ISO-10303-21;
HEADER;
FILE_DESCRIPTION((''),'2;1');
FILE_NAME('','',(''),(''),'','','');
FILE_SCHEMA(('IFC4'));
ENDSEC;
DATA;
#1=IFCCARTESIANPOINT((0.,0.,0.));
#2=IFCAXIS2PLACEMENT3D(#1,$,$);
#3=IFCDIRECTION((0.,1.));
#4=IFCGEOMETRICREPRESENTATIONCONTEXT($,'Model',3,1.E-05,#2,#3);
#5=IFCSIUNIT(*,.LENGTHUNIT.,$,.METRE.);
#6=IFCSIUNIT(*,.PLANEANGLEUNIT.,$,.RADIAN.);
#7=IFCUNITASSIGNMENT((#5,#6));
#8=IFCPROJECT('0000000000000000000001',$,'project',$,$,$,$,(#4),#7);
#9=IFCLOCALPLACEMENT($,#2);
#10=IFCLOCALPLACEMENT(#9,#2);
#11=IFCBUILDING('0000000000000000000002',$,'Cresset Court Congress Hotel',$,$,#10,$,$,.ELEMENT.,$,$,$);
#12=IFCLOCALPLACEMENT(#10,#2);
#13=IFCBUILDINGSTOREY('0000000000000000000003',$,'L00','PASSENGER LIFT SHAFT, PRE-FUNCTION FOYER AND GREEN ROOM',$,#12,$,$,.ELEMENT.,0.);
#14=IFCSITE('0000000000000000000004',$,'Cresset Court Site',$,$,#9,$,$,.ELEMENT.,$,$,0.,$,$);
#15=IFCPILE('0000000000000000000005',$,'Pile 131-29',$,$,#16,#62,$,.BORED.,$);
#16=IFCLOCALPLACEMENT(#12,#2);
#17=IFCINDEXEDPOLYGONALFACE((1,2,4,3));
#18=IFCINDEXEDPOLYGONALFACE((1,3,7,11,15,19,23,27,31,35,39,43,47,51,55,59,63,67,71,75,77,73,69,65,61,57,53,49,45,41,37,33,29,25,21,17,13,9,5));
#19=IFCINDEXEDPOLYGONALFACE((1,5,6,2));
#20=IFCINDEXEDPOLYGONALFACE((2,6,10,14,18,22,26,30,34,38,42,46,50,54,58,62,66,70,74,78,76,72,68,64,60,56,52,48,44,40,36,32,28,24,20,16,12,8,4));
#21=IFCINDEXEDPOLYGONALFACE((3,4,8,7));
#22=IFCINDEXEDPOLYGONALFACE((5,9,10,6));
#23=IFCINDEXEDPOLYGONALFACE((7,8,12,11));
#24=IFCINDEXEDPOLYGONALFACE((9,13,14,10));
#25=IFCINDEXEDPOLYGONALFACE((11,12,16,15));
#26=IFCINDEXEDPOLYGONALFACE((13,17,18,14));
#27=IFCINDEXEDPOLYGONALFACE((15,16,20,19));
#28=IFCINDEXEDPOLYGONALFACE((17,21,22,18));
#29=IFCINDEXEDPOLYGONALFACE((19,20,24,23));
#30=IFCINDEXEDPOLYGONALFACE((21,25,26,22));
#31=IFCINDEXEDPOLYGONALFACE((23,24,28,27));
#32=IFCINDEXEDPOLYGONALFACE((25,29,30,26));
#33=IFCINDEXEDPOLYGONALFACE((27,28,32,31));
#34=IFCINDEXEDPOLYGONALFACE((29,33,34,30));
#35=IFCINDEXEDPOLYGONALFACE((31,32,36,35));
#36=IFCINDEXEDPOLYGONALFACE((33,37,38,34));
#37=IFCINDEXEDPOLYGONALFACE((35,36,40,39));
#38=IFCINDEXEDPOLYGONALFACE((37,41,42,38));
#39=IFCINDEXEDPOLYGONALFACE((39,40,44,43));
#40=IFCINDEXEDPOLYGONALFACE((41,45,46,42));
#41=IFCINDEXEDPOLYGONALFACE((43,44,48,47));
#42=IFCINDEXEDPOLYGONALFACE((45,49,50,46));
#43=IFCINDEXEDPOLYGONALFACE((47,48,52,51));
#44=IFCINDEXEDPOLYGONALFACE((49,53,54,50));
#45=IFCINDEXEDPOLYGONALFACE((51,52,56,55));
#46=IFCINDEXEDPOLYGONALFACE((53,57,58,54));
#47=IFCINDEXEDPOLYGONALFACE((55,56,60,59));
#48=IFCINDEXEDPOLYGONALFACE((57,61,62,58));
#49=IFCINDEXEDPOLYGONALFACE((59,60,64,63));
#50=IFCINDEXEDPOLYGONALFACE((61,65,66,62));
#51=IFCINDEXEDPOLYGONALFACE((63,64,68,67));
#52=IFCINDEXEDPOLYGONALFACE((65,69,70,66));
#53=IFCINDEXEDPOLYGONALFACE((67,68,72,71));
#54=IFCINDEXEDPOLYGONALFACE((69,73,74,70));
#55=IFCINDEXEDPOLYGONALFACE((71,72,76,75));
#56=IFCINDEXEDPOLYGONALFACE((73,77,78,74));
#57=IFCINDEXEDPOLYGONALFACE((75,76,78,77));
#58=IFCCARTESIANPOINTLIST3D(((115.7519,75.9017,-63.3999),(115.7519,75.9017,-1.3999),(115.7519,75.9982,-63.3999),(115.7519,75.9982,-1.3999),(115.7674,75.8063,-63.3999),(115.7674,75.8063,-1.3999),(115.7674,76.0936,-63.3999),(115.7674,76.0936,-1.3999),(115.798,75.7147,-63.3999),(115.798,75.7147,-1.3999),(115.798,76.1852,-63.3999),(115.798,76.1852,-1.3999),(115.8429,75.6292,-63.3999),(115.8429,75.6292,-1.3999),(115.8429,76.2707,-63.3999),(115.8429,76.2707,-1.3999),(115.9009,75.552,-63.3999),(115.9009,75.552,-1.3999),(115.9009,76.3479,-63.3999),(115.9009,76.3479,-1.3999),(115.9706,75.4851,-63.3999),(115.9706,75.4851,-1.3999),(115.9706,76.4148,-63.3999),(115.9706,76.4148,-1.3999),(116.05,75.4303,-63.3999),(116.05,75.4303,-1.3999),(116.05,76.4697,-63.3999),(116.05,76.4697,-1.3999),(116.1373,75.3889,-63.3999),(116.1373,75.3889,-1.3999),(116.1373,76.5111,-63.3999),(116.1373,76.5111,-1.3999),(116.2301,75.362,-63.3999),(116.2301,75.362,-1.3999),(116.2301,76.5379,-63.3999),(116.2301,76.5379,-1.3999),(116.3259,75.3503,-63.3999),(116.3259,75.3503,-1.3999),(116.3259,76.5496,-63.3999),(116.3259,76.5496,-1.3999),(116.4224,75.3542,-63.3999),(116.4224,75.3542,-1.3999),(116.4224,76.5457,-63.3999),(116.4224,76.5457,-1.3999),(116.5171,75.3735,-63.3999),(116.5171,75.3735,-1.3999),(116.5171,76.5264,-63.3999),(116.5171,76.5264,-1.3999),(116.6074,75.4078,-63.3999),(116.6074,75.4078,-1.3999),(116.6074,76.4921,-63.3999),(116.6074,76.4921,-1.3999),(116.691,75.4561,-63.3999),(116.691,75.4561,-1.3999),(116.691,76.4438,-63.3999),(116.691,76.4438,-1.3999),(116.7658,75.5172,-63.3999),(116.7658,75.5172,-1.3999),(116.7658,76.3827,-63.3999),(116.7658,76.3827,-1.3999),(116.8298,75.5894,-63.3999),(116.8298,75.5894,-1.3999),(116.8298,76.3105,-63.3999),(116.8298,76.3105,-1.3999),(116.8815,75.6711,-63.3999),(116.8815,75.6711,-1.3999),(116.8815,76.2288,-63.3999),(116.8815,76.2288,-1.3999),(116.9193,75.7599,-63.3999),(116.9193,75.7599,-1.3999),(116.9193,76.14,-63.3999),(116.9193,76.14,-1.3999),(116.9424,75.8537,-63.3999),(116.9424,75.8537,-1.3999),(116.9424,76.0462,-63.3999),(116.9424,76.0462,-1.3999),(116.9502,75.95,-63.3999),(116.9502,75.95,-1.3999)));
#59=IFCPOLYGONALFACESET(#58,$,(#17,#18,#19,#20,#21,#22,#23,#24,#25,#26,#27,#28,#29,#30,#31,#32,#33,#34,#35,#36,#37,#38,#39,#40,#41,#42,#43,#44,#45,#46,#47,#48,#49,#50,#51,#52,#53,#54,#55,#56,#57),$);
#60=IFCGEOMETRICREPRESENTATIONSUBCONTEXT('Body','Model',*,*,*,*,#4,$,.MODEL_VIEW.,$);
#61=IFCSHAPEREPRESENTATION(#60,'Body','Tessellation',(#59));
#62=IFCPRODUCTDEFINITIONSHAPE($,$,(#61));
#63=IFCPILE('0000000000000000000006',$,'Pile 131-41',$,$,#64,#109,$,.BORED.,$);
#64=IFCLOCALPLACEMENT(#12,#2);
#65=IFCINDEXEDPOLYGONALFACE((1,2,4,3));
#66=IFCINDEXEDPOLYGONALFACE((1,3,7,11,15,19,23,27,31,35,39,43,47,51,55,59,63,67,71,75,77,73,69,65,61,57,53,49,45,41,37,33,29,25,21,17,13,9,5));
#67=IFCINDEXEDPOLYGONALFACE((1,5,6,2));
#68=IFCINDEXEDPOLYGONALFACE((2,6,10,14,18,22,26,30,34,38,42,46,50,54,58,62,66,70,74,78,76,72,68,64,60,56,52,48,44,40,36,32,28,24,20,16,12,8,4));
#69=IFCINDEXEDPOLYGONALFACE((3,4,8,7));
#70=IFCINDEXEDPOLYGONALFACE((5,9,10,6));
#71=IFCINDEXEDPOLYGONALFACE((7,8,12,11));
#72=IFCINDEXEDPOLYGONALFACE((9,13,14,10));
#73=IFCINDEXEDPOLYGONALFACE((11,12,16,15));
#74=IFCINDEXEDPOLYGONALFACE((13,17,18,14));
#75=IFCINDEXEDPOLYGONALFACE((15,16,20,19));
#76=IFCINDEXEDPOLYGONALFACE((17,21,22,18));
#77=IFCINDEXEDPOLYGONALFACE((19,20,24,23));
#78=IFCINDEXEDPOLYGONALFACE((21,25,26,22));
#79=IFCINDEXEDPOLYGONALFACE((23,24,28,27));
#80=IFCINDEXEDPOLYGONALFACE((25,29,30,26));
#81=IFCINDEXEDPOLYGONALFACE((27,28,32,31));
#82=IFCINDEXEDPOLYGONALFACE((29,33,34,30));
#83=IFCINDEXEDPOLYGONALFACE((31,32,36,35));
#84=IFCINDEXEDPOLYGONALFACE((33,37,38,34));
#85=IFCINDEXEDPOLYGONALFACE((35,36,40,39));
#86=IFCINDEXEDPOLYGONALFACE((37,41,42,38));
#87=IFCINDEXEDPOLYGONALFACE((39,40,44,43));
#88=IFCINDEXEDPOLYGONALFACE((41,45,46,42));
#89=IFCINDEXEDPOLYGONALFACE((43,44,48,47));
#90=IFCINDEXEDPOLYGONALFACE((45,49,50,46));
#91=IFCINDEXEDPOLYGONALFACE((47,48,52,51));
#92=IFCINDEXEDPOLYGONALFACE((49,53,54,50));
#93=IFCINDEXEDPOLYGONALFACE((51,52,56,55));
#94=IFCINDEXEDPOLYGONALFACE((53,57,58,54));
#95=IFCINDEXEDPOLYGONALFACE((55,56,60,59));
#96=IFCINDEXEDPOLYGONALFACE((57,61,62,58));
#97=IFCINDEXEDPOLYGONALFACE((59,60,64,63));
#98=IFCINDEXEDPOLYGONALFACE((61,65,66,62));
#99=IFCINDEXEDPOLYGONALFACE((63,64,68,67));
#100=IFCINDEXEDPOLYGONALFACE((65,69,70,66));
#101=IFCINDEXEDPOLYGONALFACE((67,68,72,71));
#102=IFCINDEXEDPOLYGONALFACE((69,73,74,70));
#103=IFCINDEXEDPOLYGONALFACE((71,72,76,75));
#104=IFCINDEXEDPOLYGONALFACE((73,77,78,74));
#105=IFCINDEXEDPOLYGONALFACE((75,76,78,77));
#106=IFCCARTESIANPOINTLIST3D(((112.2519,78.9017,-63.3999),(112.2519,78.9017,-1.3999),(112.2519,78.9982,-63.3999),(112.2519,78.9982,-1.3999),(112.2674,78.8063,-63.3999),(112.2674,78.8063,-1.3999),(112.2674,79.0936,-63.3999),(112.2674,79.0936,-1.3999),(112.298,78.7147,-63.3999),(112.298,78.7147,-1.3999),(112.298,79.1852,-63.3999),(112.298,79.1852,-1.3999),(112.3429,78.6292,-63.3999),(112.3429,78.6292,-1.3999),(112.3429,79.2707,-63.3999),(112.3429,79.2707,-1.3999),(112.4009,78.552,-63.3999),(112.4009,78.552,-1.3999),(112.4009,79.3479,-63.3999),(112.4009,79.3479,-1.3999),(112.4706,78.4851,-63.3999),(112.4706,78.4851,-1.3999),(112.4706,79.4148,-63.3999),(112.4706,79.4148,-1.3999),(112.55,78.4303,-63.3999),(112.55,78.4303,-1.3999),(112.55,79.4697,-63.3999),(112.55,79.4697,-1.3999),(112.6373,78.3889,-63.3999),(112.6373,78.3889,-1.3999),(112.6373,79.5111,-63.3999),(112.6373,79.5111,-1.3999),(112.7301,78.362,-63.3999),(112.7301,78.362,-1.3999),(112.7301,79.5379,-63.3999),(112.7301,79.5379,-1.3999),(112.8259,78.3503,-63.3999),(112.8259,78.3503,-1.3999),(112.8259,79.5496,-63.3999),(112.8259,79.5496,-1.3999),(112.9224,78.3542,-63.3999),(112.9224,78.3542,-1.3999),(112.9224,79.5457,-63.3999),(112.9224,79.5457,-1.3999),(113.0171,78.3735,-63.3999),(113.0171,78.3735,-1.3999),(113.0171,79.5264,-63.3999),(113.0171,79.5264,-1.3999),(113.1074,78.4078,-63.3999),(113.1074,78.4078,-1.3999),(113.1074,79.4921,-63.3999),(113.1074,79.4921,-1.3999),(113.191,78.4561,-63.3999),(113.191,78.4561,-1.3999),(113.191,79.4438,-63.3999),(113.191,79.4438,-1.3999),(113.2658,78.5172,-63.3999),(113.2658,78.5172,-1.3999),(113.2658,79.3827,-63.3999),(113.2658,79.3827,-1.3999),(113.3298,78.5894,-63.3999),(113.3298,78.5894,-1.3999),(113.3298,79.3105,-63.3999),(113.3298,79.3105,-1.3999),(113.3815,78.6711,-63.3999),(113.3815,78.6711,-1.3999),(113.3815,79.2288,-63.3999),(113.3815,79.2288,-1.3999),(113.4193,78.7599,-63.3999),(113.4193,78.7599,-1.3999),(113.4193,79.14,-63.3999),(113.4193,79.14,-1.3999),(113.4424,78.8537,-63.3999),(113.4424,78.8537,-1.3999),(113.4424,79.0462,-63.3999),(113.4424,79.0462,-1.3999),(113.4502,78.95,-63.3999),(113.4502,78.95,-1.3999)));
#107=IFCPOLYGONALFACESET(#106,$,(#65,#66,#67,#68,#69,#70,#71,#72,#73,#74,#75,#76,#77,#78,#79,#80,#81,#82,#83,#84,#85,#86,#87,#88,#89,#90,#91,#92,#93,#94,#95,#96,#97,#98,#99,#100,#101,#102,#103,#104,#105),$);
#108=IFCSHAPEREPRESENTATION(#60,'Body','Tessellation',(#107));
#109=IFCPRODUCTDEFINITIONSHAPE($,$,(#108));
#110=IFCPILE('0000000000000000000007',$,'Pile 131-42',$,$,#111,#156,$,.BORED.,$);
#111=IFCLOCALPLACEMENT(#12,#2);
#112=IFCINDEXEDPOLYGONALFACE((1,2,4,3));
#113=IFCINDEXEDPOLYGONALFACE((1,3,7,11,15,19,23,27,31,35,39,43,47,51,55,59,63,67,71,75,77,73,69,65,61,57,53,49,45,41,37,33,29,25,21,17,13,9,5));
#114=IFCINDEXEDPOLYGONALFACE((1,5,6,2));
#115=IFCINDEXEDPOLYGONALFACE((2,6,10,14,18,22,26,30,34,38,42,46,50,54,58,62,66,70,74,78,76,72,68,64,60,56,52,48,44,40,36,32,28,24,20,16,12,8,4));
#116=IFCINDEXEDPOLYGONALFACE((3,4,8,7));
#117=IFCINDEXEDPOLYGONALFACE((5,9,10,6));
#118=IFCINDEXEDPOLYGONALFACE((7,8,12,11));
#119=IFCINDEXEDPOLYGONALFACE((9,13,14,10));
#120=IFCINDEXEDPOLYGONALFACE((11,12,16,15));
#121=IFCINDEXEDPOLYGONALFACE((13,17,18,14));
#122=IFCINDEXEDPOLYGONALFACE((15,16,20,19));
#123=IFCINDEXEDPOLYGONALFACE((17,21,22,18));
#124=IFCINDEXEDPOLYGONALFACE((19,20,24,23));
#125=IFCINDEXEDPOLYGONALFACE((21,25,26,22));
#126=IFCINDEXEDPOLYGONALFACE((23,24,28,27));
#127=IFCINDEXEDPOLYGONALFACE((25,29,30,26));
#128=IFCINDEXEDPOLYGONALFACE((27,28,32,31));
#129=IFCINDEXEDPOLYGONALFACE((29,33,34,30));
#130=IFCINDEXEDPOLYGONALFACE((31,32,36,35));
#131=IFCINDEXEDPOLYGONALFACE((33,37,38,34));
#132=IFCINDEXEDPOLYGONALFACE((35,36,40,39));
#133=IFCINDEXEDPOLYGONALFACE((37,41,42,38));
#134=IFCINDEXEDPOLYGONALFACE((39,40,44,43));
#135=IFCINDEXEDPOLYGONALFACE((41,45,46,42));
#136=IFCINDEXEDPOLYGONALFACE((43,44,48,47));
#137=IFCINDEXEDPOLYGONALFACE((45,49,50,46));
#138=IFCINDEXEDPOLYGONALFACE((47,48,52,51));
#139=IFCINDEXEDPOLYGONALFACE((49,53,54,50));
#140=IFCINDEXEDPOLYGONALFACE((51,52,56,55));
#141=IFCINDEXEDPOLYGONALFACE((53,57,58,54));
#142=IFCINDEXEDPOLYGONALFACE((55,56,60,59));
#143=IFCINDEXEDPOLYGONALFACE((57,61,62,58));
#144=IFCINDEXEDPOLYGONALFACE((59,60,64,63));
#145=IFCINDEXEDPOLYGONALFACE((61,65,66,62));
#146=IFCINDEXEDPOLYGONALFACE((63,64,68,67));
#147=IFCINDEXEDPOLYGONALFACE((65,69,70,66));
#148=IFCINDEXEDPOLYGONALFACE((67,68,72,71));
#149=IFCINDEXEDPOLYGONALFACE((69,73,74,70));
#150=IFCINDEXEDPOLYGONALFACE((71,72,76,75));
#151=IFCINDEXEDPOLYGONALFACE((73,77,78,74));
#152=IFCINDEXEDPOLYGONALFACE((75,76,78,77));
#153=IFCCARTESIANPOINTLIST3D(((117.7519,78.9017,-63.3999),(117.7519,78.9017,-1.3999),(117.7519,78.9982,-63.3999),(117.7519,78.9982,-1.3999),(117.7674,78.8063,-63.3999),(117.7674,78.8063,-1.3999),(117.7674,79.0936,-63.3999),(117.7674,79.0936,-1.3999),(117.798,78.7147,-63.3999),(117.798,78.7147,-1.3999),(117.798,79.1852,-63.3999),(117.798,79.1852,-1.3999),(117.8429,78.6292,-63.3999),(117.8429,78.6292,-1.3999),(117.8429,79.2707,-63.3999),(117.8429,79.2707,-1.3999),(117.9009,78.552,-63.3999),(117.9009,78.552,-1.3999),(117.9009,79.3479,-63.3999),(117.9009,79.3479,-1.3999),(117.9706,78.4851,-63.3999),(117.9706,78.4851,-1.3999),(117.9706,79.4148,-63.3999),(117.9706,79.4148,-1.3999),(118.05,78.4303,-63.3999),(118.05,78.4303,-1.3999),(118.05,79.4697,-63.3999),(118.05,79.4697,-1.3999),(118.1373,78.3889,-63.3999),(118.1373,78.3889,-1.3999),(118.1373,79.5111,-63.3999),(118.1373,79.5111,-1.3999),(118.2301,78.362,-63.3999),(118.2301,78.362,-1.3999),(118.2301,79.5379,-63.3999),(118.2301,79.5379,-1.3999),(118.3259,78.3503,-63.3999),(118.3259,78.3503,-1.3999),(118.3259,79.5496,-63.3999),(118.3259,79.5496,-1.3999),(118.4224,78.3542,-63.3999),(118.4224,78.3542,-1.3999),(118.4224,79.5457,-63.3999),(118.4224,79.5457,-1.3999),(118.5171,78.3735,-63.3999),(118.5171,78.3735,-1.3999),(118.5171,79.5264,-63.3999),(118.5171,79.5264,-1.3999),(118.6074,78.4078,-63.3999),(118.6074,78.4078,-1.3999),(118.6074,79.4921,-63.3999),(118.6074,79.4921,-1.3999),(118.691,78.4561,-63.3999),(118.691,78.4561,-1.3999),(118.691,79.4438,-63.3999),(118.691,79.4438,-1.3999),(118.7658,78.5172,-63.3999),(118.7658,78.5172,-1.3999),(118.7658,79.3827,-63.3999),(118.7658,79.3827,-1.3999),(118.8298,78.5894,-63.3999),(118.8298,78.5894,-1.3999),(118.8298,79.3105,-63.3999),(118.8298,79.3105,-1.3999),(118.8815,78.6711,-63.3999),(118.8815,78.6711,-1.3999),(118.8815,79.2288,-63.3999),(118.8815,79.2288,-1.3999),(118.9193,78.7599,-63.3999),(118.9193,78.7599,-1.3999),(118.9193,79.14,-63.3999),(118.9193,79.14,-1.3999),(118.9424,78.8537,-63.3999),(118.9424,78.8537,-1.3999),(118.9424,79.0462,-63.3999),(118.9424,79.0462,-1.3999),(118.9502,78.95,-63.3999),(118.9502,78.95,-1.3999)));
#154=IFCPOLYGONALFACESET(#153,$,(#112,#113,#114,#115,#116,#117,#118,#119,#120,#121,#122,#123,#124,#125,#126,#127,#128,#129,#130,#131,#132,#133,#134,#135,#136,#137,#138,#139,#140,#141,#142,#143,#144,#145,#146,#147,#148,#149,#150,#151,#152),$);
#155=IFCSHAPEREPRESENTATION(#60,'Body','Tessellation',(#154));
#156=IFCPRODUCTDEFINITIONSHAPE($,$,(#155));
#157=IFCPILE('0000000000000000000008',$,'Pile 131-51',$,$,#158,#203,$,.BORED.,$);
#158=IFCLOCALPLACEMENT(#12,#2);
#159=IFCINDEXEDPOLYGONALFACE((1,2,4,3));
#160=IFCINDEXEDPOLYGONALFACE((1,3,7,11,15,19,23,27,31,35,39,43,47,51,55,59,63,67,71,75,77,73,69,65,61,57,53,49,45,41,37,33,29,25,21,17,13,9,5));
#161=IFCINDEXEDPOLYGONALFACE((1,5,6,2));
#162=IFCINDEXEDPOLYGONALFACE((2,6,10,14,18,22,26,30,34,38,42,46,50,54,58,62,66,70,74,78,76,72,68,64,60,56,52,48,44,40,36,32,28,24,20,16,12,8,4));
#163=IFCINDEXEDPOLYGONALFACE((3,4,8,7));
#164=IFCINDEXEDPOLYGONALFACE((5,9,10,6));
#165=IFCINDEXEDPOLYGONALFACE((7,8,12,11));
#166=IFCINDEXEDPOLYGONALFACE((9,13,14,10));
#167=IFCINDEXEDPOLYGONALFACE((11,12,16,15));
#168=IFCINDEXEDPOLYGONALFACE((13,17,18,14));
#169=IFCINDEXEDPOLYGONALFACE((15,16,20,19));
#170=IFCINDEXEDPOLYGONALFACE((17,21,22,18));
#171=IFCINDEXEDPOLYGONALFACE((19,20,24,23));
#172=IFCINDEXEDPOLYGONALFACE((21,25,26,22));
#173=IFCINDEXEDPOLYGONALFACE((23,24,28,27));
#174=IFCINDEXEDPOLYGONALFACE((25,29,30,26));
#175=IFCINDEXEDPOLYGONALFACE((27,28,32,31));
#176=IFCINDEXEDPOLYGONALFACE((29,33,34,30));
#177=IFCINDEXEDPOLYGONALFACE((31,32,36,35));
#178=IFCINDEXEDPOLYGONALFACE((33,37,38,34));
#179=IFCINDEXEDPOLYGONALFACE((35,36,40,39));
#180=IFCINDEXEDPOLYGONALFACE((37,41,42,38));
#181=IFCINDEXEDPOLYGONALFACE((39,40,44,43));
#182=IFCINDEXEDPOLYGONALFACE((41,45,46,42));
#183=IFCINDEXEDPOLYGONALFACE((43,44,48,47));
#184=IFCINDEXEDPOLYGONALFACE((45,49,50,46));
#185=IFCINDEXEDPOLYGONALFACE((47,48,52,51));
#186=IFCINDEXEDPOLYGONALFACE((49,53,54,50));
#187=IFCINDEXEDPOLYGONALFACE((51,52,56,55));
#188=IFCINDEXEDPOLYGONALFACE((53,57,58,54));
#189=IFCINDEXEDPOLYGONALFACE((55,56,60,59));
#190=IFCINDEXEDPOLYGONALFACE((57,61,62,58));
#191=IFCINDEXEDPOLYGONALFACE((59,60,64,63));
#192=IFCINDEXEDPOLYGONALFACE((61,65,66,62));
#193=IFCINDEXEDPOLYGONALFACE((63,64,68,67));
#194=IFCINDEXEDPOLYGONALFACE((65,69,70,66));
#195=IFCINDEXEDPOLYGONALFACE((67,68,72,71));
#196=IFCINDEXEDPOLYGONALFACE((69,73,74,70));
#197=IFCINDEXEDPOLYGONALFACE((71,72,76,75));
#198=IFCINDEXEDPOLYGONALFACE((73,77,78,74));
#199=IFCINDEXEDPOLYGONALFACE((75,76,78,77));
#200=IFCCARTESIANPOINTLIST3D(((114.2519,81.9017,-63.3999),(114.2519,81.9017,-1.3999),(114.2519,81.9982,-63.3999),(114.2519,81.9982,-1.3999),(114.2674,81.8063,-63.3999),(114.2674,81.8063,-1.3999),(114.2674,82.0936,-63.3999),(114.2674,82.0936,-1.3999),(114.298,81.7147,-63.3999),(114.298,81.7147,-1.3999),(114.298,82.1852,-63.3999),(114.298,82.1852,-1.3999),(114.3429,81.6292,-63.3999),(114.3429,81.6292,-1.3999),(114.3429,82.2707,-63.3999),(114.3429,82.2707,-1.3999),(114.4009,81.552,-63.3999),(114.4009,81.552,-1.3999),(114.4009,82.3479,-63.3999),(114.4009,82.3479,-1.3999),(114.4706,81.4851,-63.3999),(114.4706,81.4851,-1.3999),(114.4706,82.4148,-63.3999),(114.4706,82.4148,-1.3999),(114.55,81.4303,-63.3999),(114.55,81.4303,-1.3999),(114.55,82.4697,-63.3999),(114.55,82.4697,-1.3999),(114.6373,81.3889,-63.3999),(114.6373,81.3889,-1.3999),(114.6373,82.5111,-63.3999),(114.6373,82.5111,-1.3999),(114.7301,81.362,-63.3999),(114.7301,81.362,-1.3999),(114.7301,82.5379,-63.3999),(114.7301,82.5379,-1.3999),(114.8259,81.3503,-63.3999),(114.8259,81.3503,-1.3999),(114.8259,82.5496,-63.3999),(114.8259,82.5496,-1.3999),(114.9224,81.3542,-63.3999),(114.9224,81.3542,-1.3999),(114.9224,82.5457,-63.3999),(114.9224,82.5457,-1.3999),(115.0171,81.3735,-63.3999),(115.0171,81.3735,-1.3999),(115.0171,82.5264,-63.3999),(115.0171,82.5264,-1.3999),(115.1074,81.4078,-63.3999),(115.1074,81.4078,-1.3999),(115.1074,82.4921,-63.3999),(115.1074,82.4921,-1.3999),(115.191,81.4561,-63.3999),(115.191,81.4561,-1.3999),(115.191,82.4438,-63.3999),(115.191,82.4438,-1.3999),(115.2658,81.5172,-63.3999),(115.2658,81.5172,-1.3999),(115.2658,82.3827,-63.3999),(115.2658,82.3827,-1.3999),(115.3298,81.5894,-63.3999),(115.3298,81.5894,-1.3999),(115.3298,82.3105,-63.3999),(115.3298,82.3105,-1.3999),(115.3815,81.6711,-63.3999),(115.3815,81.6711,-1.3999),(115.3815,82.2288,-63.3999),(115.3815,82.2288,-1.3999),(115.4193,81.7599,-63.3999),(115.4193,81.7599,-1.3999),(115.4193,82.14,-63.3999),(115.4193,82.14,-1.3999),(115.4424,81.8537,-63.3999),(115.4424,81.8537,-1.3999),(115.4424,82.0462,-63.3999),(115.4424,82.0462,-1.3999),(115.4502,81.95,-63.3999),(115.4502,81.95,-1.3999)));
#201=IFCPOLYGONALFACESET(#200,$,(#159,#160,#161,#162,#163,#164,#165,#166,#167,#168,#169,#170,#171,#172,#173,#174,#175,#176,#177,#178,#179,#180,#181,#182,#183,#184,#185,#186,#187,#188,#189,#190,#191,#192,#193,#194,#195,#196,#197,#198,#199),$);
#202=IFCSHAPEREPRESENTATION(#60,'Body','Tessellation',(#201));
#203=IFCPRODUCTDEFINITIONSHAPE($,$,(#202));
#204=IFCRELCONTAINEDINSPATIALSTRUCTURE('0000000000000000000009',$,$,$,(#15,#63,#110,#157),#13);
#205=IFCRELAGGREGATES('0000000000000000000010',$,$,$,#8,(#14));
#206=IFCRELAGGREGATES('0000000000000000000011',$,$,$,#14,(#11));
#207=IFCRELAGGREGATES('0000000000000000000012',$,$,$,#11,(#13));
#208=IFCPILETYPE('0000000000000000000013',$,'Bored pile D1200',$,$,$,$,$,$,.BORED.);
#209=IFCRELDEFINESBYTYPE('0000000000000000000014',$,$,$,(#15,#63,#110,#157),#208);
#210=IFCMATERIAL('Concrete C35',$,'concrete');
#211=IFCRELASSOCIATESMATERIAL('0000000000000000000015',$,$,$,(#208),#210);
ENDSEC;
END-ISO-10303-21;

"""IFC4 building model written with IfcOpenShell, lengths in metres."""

from ifc_helpers import new_model, si_unit, direction, frame, origin, origin_2d, place, context, subcontext, project, spatial, circle, extrude, material, type_object, element, save


model = new_model("IFC4")

# Units and contexts
model_context = context("Model", 3, precision=1e-05, world=origin(), true_north=direction((0.0, 1.0)))
body_context = subcontext(model_context, "Body", "Model", "MODEL_VIEW")
ifc_project = project(units=[si_unit("LENGTHUNIT", "METRE"), si_unit("PLANEANGLEUNIT", "RADIAN")], contexts=[model_context])

# Site, building, storey
site_placement = place(None, origin())
site = spatial("IfcSite", under=ifc_project, at=site_placement, Name="Cresset Court Site", CompositionType="ELEMENT", RefElevation=0.0)
building_placement = place(site_placement, origin())
building = spatial("IfcBuilding", under=site, at=building_placement, Name="Cresset Court Congress Hotel", CompositionType="ELEMENT")
storey_placement = place(building_placement, origin())
storey = spatial("IfcBuildingStorey", under=building, at=storey_placement, Name="L00", Description="PASSENGER LIFT SHAFT, PRE-FUNCTION FOYER AND GREEN ROOM", CompositionType="ELEMENT", Elevation=0.0)

# Piles
ifc_material_1 = material(Name="Concrete C35", Category="concrete")
pile_type = type_object("IfcPileType", Name="Bored pile D1200", PredefinedType="BORED", material=ifc_material_1)
for number, where, z_axis, x_axis, name in (
    (1, (116.3501, 75.95, -1.3999), (0.0, 0.0, -1.0), (1.0, 0.0, 0.0), "Pile 131-29"),
    (2, (112.8501, 78.95, -1.3999), (0.0, 0.0, -1.0), (1.0, 0.0, 0.0), "Pile 131-41"),
    (3, (118.3501, 78.95, -1.3999), (0.0, 0.0, -1.0), (1.0, 0.0, 0.0), "Pile 131-42"),
    (4, (114.8501, 81.95, -1.3999), (0.0, 0.0, -1.0), (1.0, 0.0, 0.0), "Pile 131-51"),
):
    element("IfcPile", number, at=place(storey_placement, frame(where, z_axis=z_axis, x_axis=x_axis)), inside=storey, type_object=pile_type, Name=name, PredefinedType="BORED", context=body_context, shape_type="SweptSolid", body=[
        extrude(circle(Radius=0.6001, at=origin_2d()), origin(), (0.0, 0.0, 1.0), 62.0),
    ])

save(model, "model.ifc")
